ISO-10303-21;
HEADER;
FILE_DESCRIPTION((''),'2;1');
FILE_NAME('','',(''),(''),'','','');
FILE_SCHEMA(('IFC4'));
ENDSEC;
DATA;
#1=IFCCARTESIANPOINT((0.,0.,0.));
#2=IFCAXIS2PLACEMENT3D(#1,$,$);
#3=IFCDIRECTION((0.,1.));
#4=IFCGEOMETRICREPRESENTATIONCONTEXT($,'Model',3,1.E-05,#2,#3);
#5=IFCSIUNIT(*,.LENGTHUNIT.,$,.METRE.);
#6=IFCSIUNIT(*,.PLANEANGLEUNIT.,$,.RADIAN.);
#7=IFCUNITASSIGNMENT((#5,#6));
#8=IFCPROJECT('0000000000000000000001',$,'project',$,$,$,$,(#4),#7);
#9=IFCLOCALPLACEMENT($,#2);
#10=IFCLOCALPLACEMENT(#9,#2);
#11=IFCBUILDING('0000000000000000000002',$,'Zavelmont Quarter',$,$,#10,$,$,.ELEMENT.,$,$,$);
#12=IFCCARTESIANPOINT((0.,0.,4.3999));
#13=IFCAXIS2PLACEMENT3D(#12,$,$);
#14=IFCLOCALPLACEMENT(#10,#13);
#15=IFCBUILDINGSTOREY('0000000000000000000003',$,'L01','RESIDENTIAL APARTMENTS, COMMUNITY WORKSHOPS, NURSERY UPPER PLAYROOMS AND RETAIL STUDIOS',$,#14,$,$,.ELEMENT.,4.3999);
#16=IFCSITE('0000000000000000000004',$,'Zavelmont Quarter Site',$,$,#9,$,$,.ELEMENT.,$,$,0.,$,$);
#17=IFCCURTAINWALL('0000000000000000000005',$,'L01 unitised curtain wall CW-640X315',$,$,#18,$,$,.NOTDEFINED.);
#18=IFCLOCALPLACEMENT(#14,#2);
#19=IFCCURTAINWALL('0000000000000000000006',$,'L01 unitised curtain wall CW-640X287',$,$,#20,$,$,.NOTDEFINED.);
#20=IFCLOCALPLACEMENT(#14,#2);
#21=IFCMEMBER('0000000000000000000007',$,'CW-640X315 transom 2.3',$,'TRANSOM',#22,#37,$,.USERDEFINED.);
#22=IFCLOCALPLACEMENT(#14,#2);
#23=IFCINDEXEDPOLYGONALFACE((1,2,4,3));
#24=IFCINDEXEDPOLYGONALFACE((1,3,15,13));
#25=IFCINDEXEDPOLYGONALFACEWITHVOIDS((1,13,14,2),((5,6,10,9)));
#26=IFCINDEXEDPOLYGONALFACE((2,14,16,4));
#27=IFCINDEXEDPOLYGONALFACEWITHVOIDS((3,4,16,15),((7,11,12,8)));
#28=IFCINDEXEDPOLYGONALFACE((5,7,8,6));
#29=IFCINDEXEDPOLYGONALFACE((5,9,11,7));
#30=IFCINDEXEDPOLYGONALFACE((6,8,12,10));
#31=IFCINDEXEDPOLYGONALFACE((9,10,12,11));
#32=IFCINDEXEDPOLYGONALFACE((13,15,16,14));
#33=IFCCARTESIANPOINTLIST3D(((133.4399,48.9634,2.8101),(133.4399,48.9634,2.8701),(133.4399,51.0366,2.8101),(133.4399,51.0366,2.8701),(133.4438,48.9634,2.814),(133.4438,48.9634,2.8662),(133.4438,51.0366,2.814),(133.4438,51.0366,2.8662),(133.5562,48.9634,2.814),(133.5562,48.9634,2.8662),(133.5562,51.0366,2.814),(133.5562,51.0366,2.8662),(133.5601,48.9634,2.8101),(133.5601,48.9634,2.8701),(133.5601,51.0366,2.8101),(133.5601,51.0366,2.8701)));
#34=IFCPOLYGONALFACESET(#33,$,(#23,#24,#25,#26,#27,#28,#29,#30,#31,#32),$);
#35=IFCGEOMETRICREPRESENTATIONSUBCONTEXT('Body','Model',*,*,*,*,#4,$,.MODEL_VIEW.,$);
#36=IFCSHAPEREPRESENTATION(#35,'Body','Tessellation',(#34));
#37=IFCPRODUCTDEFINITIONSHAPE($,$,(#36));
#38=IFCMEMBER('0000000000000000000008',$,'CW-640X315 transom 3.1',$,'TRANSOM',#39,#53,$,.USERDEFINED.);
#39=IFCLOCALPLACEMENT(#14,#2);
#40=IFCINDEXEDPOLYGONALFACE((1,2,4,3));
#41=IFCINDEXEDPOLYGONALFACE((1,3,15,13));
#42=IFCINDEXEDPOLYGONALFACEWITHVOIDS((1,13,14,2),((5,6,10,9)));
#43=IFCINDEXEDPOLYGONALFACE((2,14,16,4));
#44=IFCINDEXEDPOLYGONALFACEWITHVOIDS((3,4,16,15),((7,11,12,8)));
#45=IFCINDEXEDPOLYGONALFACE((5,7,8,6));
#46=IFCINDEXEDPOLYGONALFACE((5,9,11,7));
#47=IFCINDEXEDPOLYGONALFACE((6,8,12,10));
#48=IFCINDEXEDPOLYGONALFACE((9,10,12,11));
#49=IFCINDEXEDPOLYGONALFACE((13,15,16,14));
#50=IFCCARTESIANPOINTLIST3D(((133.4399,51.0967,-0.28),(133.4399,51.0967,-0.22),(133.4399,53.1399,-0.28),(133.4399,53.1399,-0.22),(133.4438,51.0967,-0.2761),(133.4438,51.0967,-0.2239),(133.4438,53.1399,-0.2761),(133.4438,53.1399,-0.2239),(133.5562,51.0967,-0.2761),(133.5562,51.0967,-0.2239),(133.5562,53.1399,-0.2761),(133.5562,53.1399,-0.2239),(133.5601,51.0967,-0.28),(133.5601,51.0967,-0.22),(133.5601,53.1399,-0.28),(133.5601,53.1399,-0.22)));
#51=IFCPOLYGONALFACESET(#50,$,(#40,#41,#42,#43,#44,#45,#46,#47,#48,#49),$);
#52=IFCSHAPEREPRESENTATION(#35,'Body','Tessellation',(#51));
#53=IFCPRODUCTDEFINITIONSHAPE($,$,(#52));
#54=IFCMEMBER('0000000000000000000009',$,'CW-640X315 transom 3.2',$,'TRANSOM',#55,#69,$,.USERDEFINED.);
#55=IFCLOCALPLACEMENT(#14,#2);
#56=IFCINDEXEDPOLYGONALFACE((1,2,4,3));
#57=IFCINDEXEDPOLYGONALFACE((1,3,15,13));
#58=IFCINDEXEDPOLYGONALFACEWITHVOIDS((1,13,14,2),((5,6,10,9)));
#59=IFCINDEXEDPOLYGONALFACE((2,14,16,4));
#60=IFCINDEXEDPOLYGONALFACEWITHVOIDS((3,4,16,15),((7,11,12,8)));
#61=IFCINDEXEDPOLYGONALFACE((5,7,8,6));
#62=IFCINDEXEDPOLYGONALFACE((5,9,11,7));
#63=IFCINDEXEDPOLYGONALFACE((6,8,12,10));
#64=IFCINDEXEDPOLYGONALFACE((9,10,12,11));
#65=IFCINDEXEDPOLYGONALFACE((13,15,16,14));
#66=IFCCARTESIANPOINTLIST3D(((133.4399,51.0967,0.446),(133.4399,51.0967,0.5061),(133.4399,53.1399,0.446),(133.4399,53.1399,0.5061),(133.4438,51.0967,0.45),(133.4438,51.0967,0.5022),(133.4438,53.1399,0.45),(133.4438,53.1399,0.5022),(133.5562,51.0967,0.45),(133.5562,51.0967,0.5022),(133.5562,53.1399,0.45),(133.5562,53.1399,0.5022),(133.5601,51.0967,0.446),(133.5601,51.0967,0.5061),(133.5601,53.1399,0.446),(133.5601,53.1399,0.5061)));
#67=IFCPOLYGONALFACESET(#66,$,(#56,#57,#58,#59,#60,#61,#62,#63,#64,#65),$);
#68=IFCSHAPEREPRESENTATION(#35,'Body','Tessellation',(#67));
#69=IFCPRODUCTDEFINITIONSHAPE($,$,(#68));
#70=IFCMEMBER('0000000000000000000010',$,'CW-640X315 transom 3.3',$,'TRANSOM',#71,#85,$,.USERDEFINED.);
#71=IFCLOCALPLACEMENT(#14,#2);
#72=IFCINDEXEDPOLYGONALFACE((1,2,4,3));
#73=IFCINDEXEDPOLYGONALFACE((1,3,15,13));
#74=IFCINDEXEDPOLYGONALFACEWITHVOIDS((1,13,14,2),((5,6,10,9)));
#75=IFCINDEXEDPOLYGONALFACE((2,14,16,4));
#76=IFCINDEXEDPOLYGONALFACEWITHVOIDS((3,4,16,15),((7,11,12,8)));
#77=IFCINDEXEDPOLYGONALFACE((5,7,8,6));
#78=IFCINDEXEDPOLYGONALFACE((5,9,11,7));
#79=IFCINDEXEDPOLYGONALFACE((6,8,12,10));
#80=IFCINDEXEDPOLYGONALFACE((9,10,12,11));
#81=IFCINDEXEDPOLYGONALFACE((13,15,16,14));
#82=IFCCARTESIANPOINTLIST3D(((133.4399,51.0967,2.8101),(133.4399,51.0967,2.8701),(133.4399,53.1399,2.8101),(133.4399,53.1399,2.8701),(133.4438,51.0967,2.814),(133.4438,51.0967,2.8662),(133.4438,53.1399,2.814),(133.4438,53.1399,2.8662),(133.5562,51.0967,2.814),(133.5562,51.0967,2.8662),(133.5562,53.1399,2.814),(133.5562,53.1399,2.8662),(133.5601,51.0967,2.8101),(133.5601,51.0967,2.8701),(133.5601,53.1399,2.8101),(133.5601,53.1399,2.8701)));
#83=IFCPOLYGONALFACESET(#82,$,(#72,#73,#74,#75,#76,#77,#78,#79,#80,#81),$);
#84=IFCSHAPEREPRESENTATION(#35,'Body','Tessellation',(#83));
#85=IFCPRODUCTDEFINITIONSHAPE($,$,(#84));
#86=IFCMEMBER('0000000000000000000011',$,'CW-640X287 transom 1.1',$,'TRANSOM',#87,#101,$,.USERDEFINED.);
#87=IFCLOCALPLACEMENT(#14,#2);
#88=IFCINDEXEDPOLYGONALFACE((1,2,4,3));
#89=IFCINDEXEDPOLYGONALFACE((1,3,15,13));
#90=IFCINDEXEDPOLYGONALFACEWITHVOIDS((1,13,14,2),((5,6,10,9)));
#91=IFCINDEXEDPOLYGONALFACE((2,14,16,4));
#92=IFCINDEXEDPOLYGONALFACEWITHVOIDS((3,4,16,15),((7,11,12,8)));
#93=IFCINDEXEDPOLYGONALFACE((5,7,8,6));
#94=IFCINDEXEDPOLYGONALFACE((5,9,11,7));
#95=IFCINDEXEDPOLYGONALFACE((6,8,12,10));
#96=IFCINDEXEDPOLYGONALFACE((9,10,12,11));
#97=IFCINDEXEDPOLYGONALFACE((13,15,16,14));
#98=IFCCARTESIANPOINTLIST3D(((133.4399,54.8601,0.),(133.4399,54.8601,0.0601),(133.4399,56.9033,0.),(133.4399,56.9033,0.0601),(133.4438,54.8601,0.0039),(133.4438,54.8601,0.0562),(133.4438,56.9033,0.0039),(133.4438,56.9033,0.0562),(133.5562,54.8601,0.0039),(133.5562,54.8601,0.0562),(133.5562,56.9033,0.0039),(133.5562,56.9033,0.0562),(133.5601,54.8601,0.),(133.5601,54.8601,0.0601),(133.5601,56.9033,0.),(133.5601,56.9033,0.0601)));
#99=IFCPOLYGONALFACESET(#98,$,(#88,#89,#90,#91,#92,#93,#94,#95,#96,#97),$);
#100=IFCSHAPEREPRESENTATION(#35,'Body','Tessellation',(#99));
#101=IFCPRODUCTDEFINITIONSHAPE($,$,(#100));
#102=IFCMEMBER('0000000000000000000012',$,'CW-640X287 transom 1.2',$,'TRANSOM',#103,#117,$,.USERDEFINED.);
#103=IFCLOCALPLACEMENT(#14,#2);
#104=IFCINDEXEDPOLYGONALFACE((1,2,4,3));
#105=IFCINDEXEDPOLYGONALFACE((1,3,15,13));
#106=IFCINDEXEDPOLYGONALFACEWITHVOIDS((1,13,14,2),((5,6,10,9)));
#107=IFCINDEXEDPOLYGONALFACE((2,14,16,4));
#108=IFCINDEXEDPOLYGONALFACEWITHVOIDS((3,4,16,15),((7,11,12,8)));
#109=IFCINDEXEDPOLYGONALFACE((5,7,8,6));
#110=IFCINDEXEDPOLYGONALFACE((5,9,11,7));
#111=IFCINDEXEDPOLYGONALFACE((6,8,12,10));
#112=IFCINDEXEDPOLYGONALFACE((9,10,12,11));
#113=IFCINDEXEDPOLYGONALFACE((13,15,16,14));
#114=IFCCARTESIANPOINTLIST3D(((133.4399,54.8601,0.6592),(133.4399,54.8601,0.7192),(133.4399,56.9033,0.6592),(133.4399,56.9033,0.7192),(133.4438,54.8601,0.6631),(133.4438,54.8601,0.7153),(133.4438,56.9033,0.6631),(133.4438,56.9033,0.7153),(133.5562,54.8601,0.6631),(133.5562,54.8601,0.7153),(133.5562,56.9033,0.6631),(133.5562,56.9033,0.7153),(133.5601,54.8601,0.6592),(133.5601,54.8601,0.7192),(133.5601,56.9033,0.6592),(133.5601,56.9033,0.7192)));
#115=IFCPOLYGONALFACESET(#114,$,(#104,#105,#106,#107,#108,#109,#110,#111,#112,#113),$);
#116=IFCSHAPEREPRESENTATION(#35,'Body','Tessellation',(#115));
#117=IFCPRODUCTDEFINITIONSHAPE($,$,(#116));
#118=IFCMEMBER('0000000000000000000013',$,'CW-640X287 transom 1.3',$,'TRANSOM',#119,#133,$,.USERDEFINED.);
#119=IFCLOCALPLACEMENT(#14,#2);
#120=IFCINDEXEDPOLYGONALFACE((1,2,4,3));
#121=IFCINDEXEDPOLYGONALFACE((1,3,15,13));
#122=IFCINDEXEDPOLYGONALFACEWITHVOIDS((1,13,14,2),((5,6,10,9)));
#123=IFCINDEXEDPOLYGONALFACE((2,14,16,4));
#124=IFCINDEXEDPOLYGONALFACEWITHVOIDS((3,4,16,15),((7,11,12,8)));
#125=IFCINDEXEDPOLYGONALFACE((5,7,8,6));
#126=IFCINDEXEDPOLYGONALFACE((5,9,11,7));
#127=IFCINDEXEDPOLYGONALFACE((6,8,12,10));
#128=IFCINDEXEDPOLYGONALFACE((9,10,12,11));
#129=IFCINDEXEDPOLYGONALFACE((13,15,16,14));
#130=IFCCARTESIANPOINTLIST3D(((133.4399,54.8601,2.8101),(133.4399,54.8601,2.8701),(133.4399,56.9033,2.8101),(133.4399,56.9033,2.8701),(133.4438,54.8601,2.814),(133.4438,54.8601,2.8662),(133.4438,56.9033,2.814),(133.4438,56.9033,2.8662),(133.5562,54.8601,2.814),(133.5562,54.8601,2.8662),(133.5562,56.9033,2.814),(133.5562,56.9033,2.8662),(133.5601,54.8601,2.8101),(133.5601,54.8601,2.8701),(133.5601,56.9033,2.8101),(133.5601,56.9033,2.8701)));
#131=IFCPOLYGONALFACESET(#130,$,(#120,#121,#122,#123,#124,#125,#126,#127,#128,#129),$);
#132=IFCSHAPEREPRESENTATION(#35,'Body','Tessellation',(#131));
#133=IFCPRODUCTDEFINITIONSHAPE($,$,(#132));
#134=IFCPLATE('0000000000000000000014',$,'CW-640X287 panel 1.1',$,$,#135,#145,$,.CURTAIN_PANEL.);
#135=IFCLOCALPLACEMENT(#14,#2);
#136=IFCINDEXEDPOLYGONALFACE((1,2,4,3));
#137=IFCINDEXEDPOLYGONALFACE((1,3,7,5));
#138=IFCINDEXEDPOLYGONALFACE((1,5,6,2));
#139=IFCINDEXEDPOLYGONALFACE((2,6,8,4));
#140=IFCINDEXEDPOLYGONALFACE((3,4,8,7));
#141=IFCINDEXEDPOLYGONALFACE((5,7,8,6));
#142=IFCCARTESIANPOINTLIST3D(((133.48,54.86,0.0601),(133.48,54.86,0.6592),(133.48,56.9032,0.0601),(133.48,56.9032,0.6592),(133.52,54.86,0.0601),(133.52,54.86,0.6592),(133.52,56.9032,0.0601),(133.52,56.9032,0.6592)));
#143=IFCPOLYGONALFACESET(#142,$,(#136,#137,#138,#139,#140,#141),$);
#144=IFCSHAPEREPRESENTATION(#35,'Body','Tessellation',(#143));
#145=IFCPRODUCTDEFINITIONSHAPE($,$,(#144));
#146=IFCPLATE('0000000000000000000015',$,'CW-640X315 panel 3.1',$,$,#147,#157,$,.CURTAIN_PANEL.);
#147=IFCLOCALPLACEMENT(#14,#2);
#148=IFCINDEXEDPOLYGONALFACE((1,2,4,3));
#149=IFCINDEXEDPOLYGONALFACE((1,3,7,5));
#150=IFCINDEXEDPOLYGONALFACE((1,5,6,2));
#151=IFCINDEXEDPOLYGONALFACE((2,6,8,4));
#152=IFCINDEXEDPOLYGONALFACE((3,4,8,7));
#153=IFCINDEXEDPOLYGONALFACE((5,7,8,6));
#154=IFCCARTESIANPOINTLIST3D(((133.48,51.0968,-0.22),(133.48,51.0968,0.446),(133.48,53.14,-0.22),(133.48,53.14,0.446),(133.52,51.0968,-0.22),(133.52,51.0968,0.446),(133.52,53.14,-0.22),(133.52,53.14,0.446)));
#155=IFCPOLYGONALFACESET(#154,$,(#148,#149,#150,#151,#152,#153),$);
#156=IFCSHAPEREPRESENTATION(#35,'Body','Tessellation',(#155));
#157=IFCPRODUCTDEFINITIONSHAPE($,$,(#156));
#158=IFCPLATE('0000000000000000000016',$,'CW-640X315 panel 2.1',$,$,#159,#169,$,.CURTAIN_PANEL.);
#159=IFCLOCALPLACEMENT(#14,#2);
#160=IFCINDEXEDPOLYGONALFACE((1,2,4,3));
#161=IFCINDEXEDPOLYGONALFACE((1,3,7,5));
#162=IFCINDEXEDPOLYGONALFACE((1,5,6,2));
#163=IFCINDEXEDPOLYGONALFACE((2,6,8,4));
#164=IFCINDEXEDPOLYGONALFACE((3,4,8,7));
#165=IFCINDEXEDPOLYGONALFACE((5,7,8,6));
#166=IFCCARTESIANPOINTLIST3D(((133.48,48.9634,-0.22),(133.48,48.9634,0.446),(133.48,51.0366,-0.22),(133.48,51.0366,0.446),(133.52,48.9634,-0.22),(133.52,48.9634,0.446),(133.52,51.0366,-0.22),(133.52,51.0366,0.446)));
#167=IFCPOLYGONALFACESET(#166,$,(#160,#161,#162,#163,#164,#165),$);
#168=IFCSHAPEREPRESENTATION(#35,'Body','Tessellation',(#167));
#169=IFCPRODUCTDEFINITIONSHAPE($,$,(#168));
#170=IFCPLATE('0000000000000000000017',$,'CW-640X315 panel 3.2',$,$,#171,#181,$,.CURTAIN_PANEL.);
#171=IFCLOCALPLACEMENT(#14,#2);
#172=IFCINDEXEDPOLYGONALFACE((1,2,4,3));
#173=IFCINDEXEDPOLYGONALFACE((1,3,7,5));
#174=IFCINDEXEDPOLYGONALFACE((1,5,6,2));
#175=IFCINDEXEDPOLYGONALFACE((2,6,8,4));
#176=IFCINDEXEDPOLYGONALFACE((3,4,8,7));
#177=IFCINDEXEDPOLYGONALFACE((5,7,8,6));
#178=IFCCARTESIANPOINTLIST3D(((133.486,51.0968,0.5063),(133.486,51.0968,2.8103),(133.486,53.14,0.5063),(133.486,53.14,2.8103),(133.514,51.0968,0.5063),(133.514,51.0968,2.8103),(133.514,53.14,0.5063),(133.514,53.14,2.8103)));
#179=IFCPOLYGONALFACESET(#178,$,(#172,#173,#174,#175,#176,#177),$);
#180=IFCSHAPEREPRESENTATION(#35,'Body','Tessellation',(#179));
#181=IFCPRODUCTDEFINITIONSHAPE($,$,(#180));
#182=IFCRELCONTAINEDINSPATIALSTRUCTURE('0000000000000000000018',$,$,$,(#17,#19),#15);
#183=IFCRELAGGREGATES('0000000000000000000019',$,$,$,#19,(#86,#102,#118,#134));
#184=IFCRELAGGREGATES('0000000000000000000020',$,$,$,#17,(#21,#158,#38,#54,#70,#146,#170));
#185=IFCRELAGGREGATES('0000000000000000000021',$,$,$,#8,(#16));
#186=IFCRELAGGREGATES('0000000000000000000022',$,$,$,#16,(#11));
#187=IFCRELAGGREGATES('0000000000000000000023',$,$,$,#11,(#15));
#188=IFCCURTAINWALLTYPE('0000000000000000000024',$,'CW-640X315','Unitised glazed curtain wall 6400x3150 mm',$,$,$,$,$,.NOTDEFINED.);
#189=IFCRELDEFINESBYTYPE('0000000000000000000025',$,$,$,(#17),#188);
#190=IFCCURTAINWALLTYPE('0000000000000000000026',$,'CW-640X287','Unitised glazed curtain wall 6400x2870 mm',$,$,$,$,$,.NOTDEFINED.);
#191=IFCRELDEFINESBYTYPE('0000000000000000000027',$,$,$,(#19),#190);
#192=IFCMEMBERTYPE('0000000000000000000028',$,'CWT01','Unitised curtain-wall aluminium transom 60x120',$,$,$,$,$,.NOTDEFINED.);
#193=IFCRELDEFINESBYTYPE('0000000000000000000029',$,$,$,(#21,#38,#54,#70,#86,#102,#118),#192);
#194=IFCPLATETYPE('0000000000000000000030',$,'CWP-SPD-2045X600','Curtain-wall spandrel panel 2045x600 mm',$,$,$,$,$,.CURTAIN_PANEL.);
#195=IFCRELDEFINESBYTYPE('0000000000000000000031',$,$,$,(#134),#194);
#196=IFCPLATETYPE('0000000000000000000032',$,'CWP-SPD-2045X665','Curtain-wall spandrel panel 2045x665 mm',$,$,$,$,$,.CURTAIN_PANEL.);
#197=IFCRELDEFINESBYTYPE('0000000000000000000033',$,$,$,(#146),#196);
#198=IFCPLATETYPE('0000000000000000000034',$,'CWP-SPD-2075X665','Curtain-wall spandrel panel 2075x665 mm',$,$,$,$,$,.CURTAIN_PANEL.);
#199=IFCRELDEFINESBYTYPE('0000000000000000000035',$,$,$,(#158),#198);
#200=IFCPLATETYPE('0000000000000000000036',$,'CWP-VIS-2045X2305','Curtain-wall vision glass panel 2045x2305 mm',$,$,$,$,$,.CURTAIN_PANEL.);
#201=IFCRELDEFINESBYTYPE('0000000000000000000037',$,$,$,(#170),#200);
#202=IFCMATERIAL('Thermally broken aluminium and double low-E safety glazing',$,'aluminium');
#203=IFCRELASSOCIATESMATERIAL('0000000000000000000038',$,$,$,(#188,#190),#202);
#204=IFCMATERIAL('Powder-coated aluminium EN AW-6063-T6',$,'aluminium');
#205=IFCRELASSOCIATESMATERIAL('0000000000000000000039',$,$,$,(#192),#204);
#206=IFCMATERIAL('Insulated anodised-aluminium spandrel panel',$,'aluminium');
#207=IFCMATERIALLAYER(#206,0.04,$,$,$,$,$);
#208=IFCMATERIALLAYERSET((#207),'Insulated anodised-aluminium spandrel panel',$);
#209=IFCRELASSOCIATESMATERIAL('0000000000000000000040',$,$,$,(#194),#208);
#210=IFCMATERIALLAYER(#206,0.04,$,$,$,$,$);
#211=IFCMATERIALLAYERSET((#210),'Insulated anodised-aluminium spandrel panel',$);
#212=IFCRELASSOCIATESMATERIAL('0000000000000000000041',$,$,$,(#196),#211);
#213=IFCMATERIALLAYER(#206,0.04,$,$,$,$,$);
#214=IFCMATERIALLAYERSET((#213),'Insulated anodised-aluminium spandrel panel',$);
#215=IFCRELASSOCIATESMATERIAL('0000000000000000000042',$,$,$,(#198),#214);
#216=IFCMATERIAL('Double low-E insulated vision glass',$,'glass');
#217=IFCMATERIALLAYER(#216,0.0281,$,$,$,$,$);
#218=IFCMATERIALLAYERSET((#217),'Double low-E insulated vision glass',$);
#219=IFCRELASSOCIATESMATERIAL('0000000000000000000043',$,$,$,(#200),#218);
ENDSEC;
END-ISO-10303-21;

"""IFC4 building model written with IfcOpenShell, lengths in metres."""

from ifc_helpers import new_model, si_unit, direction, frame, origin, origin_2d, place, context, subcontext, project, spatial, rectangle, hollow_rectangle, extrude, material, layer, layer_set, material_profile, profile_set, type_object, element, aggregate, save


model = new_model("IFC4")

# Units and contexts
model_context = context("Model", 3, precision=1e-05, world=origin(), true_north=direction((0.0, 1.0)))
body_context = subcontext(model_context, "Body", "Model", "MODEL_VIEW")
ifc_project = project(units=[si_unit("LENGTHUNIT", "METRE"), si_unit("PLANEANGLEUNIT", "RADIAN")], contexts=[model_context])

# Site, building, storey
site_placement = place(None, origin())
site = spatial("IfcSite", under=ifc_project, at=site_placement, Name="Zavelmont Quarter Site", CompositionType="ELEMENT", RefElevation=0.0)
building_placement = place(site_placement, origin())
building = spatial("IfcBuilding", under=site, at=building_placement, Name="Zavelmont Quarter", CompositionType="ELEMENT")
storey_placement = place(building_placement, frame((0.0, 0.0, 4.3999)))
storey = spatial("IfcBuildingStorey", under=building, at=storey_placement, Name="L01", Description="RESIDENTIAL APARTMENTS, COMMUNITY WORKSHOPS, NURSERY UPPER PLAYROOMS AND RETAIL STUDIOS", CompositionType="ELEMENT", Elevation=4.3999)

# Curtain wall
ifc_material_1 = material(Name="Thermally broken aluminium and double low-E safety glazing", Category="aluminium")
curtain_wall_type_1 = type_object("IfcCurtainWallType", Name="CW-640X315", Description="Unitised glazed curtain wall 6400x3150 mm", PredefinedType="NOTDEFINED", material=ifc_material_1)
curtain_wall_1_placement = place(storey_placement, origin())
curtain_wall_1 = element("IfcCurtainWall", 1, at=curtain_wall_1_placement, inside=storey, type_object=curtain_wall_type_1, Name="L01 unitised curtain wall CW-640X315", PredefinedType="NOTDEFINED")
ifc_material_2 = material(Name="Powder-coated aluminium EN AW-6063-T6", Category="aluminium")

# Curtain wall
curtain_wall_type_2 = type_object("IfcCurtainWallType", Name="CW-640X287", Description="Unitised glazed curtain wall 6400x2870 mm", PredefinedType="NOTDEFINED", material=ifc_material_1)
curtain_wall_2_placement = place(storey_placement, origin())
curtain_wall_2 = element("IfcCurtainWall", 2, at=curtain_wall_2_placement, inside=storey, type_object=curtain_wall_type_2, Name="L01 unitised curtain wall CW-640X287", PredefinedType="NOTDEFINED")

# Members
ifc_material_profile_1 = material_profile(ifc_material_2, hollow_rectangle(XDim=0.1201, YDim=0.0601, WallThickness=0.0039, at=origin_2d()), Name="CWT60X120")
ifc_profile_set_1 = profile_set([ifc_material_profile_1], Name="Powder-coated aluminium EN AW-6063-T6")
member_type_1 = type_object("IfcMemberType", Name="CWT01", Description="Unitised curtain-wall aluminium transom 60x120", PredefinedType="NOTDEFINED", material=ifc_profile_set_1)
member_1_placement = place(storey_placement, frame((133.5, 48.9634, 2.8401), z_axis=(0.0, 1.0, 0.0), x_axis=(-1.0, 0.0, 0.0)))
member_1 = element("IfcMember", 3, at=member_1_placement, type_object=member_type_1, Name="CW-640X315 transom 2.3", ObjectType="TRANSOM", PredefinedType="USERDEFINED", context=body_context, shape_type="SweptSolid", body=[
    extrude(hollow_rectangle(XDim=0.1201, YDim=0.0601, WallThickness=0.0039, at=origin_2d()), origin(), (0.0, 0.0, 1.0), 2.0732),
])
member_2_placement = place(storey_placement, frame((133.5, 51.0967, -0.25), z_axis=(0.0, 1.0, 0.0), x_axis=(-1.0, 0.0, 0.0)))
member_2 = element("IfcMember", 4, at=member_2_placement, type_object=member_type_1, Name="CW-640X315 transom 3.1", ObjectType="TRANSOM", PredefinedType="USERDEFINED", context=body_context, shape_type="SweptSolid", body=[
    extrude(hollow_rectangle(XDim=0.1201, YDim=0.0601, WallThickness=0.0039, at=origin_2d()), origin(), (0.0, 0.0, 1.0), 2.0432),
])
member_3_placement = place(storey_placement, frame((133.5, 51.0967, 0.4761), z_axis=(0.0, 1.0, 0.0), x_axis=(-1.0, 0.0, 0.0)))
member_3 = element("IfcMember", 5, at=member_3_placement, type_object=member_type_1, Name="CW-640X315 transom 3.2", ObjectType="TRANSOM", PredefinedType="USERDEFINED", context=body_context, shape_type="SweptSolid", body=[
    extrude(hollow_rectangle(XDim=0.1201, YDim=0.0601, WallThickness=0.0039, at=origin_2d()), origin(), (0.0, 0.0, 1.0), 2.0432),
])
member_4_placement = place(storey_placement, frame((133.5, 51.0967, 2.8401), z_axis=(0.0, 1.0, 0.0), x_axis=(-1.0, 0.0, 0.0)))
member_4 = element("IfcMember", 6, at=member_4_placement, type_object=member_type_1, Name="CW-640X315 transom 3.3", ObjectType="TRANSOM", PredefinedType="USERDEFINED", context=body_context, shape_type="SweptSolid", body=[
    extrude(hollow_rectangle(XDim=0.1201, YDim=0.0601, WallThickness=0.0039, at=origin_2d()), origin(), (0.0, 0.0, 1.0), 2.0432),
])
member_5_placement = place(storey_placement, frame((133.5, 54.8601, 0.03), z_axis=(0.0, 1.0, 0.0), x_axis=(-1.0, 0.0, 0.0)))
member_5 = element("IfcMember", 7, at=member_5_placement, type_object=member_type_1, Name="CW-640X287 transom 1.1", ObjectType="TRANSOM", PredefinedType="USERDEFINED", context=body_context, shape_type="SweptSolid", body=[
    extrude(hollow_rectangle(XDim=0.1201, YDim=0.0601, WallThickness=0.0039, at=origin_2d()), origin(), (0.0, 0.0, 1.0), 2.0432),
])
member_6_placement = place(storey_placement, frame((133.5, 54.8601, 0.6892), z_axis=(0.0, 1.0, 0.0), x_axis=(-1.0, 0.0, 0.0)))
member_6 = element("IfcMember", 8, at=member_6_placement, type_object=member_type_1, Name="CW-640X287 transom 1.2", ObjectType="TRANSOM", PredefinedType="USERDEFINED", context=body_context, shape_type="SweptSolid", body=[
    extrude(hollow_rectangle(XDim=0.1201, YDim=0.0601, WallThickness=0.0039, at=origin_2d()), origin(), (0.0, 0.0, 1.0), 2.0432),
])
member_7_placement = place(storey_placement, frame((133.5, 54.8601, 2.8401), z_axis=(0.0, 1.0, 0.0), x_axis=(-1.0, 0.0, 0.0)))
member_7 = element("IfcMember", 9, at=member_7_placement, type_object=member_type_1, Name="CW-640X287 transom 1.3", ObjectType="TRANSOM", PredefinedType="USERDEFINED", context=body_context, shape_type="SweptSolid", body=[
    extrude(hollow_rectangle(XDim=0.1201, YDim=0.0601, WallThickness=0.0039, at=origin_2d()), origin(), (0.0, 0.0, 1.0), 2.0432),
])

# Plates
ifc_material_3 = material(Name="Insulated anodised-aluminium spandrel panel", Category="aluminium")
ifc_layer_1 = layer(ifc_material_3, 0.04)
ifc_layer_set_1 = layer_set([ifc_layer_1], Name="Insulated anodised-aluminium spandrel panel")
plate_type_1 = type_object("IfcPlateType", Name="CWP-SPD-2045X600", Description="Curtain-wall spandrel panel 2045x600 mm", PredefinedType="CURTAIN_PANEL", material=ifc_layer_set_1)
plate_1_placement = place(storey_placement, frame((133.5, 55.8816, 0.0601), z_axis=(0.0, 0.0, 1.0), x_axis=(0.0, 1.0, 0.0)))
plate_1 = element("IfcPlate", 10, at=plate_1_placement, type_object=plate_type_1, Name="CW-640X287 panel 1.1", PredefinedType="CURTAIN_PANEL", context=body_context, shape_type="SweptSolid", body=[
    extrude(rectangle(XDim=2.0432, YDim=0.04, at=origin_2d()), origin(), (0.0, 0.0, 1.0), 0.5991),
])
aggregate(curtain_wall_2, [member_5, member_6, member_7, plate_1])
ifc_layer_2 = layer(ifc_material_3, 0.04)
ifc_layer_set_2 = layer_set([ifc_layer_2], Name="Insulated anodised-aluminium spandrel panel")
plate_type_2 = type_object("IfcPlateType", Name="CWP-SPD-2045X665", Description="Curtain-wall spandrel panel 2045x665 mm", PredefinedType="CURTAIN_PANEL", material=ifc_layer_set_2)
plate_2_placement = place(storey_placement, frame((133.5, 52.1184, -0.22), z_axis=(0.0, 0.0, 1.0), x_axis=(0.0, 1.0, 0.0)))
plate_2 = element("IfcPlate", 11, at=plate_2_placement, type_object=plate_type_2, Name="CW-640X315 panel 3.1", PredefinedType="CURTAIN_PANEL", context=body_context, shape_type="SweptSolid", body=[
    extrude(rectangle(XDim=2.0432, YDim=0.04, at=origin_2d()), origin(), (0.0, 0.0, 1.0), 0.666),
])
ifc_layer_3 = layer(ifc_material_3, 0.04)
ifc_layer_set_3 = layer_set([ifc_layer_3], Name="Insulated anodised-aluminium spandrel panel")
plate_type_3 = type_object("IfcPlateType", Name="CWP-SPD-2075X665", Description="Curtain-wall spandrel panel 2075x665 mm", PredefinedType="CURTAIN_PANEL", material=ifc_layer_set_3)
plate_3_placement = place(storey_placement, frame((133.5, 50.0, -0.22), z_axis=(0.0, 0.0, 1.0), x_axis=(0.0, 1.0, 0.0)))
plate_3 = element("IfcPlate", 12, at=plate_3_placement, type_object=plate_type_3, Name="CW-640X315 panel 2.1", PredefinedType="CURTAIN_PANEL", context=body_context, shape_type="SweptSolid", body=[
    extrude(rectangle(XDim=2.0732, YDim=0.04, at=origin_2d()), origin(), (0.0, 0.0, 1.0), 0.666),
])
ifc_material_4 = material(Name="Double low-E insulated vision glass", Category="glass")
ifc_layer_4 = layer(ifc_material_4, 0.0281)
ifc_layer_set_4 = layer_set([ifc_layer_4], Name="Double low-E insulated vision glass")
plate_type_4 = type_object("IfcPlateType", Name="CWP-VIS-2045X2305", Description="Curtain-wall vision glass panel 2045x2305 mm", PredefinedType="CURTAIN_PANEL", material=ifc_layer_set_4)
plate_4_placement = place(storey_placement, frame((133.5, 52.1184, 0.5063), z_axis=(0.0, 0.0, 1.0), x_axis=(0.0, 1.0, 0.0)))
plate_4 = element("IfcPlate", 13, at=plate_4_placement, type_object=plate_type_4, Name="CW-640X315 panel 3.2", PredefinedType="CURTAIN_PANEL", context=body_context, shape_type="SweptSolid", body=[
    extrude(rectangle(XDim=2.0432, YDim=0.0281, at=origin_2d()), origin(), (0.0, 0.0, 1.0), 2.304),
])
aggregate(curtain_wall_1, [member_1, plate_3, member_2, member_3, member_4, plate_2, plate_4])

save(model, "model.ifc")
